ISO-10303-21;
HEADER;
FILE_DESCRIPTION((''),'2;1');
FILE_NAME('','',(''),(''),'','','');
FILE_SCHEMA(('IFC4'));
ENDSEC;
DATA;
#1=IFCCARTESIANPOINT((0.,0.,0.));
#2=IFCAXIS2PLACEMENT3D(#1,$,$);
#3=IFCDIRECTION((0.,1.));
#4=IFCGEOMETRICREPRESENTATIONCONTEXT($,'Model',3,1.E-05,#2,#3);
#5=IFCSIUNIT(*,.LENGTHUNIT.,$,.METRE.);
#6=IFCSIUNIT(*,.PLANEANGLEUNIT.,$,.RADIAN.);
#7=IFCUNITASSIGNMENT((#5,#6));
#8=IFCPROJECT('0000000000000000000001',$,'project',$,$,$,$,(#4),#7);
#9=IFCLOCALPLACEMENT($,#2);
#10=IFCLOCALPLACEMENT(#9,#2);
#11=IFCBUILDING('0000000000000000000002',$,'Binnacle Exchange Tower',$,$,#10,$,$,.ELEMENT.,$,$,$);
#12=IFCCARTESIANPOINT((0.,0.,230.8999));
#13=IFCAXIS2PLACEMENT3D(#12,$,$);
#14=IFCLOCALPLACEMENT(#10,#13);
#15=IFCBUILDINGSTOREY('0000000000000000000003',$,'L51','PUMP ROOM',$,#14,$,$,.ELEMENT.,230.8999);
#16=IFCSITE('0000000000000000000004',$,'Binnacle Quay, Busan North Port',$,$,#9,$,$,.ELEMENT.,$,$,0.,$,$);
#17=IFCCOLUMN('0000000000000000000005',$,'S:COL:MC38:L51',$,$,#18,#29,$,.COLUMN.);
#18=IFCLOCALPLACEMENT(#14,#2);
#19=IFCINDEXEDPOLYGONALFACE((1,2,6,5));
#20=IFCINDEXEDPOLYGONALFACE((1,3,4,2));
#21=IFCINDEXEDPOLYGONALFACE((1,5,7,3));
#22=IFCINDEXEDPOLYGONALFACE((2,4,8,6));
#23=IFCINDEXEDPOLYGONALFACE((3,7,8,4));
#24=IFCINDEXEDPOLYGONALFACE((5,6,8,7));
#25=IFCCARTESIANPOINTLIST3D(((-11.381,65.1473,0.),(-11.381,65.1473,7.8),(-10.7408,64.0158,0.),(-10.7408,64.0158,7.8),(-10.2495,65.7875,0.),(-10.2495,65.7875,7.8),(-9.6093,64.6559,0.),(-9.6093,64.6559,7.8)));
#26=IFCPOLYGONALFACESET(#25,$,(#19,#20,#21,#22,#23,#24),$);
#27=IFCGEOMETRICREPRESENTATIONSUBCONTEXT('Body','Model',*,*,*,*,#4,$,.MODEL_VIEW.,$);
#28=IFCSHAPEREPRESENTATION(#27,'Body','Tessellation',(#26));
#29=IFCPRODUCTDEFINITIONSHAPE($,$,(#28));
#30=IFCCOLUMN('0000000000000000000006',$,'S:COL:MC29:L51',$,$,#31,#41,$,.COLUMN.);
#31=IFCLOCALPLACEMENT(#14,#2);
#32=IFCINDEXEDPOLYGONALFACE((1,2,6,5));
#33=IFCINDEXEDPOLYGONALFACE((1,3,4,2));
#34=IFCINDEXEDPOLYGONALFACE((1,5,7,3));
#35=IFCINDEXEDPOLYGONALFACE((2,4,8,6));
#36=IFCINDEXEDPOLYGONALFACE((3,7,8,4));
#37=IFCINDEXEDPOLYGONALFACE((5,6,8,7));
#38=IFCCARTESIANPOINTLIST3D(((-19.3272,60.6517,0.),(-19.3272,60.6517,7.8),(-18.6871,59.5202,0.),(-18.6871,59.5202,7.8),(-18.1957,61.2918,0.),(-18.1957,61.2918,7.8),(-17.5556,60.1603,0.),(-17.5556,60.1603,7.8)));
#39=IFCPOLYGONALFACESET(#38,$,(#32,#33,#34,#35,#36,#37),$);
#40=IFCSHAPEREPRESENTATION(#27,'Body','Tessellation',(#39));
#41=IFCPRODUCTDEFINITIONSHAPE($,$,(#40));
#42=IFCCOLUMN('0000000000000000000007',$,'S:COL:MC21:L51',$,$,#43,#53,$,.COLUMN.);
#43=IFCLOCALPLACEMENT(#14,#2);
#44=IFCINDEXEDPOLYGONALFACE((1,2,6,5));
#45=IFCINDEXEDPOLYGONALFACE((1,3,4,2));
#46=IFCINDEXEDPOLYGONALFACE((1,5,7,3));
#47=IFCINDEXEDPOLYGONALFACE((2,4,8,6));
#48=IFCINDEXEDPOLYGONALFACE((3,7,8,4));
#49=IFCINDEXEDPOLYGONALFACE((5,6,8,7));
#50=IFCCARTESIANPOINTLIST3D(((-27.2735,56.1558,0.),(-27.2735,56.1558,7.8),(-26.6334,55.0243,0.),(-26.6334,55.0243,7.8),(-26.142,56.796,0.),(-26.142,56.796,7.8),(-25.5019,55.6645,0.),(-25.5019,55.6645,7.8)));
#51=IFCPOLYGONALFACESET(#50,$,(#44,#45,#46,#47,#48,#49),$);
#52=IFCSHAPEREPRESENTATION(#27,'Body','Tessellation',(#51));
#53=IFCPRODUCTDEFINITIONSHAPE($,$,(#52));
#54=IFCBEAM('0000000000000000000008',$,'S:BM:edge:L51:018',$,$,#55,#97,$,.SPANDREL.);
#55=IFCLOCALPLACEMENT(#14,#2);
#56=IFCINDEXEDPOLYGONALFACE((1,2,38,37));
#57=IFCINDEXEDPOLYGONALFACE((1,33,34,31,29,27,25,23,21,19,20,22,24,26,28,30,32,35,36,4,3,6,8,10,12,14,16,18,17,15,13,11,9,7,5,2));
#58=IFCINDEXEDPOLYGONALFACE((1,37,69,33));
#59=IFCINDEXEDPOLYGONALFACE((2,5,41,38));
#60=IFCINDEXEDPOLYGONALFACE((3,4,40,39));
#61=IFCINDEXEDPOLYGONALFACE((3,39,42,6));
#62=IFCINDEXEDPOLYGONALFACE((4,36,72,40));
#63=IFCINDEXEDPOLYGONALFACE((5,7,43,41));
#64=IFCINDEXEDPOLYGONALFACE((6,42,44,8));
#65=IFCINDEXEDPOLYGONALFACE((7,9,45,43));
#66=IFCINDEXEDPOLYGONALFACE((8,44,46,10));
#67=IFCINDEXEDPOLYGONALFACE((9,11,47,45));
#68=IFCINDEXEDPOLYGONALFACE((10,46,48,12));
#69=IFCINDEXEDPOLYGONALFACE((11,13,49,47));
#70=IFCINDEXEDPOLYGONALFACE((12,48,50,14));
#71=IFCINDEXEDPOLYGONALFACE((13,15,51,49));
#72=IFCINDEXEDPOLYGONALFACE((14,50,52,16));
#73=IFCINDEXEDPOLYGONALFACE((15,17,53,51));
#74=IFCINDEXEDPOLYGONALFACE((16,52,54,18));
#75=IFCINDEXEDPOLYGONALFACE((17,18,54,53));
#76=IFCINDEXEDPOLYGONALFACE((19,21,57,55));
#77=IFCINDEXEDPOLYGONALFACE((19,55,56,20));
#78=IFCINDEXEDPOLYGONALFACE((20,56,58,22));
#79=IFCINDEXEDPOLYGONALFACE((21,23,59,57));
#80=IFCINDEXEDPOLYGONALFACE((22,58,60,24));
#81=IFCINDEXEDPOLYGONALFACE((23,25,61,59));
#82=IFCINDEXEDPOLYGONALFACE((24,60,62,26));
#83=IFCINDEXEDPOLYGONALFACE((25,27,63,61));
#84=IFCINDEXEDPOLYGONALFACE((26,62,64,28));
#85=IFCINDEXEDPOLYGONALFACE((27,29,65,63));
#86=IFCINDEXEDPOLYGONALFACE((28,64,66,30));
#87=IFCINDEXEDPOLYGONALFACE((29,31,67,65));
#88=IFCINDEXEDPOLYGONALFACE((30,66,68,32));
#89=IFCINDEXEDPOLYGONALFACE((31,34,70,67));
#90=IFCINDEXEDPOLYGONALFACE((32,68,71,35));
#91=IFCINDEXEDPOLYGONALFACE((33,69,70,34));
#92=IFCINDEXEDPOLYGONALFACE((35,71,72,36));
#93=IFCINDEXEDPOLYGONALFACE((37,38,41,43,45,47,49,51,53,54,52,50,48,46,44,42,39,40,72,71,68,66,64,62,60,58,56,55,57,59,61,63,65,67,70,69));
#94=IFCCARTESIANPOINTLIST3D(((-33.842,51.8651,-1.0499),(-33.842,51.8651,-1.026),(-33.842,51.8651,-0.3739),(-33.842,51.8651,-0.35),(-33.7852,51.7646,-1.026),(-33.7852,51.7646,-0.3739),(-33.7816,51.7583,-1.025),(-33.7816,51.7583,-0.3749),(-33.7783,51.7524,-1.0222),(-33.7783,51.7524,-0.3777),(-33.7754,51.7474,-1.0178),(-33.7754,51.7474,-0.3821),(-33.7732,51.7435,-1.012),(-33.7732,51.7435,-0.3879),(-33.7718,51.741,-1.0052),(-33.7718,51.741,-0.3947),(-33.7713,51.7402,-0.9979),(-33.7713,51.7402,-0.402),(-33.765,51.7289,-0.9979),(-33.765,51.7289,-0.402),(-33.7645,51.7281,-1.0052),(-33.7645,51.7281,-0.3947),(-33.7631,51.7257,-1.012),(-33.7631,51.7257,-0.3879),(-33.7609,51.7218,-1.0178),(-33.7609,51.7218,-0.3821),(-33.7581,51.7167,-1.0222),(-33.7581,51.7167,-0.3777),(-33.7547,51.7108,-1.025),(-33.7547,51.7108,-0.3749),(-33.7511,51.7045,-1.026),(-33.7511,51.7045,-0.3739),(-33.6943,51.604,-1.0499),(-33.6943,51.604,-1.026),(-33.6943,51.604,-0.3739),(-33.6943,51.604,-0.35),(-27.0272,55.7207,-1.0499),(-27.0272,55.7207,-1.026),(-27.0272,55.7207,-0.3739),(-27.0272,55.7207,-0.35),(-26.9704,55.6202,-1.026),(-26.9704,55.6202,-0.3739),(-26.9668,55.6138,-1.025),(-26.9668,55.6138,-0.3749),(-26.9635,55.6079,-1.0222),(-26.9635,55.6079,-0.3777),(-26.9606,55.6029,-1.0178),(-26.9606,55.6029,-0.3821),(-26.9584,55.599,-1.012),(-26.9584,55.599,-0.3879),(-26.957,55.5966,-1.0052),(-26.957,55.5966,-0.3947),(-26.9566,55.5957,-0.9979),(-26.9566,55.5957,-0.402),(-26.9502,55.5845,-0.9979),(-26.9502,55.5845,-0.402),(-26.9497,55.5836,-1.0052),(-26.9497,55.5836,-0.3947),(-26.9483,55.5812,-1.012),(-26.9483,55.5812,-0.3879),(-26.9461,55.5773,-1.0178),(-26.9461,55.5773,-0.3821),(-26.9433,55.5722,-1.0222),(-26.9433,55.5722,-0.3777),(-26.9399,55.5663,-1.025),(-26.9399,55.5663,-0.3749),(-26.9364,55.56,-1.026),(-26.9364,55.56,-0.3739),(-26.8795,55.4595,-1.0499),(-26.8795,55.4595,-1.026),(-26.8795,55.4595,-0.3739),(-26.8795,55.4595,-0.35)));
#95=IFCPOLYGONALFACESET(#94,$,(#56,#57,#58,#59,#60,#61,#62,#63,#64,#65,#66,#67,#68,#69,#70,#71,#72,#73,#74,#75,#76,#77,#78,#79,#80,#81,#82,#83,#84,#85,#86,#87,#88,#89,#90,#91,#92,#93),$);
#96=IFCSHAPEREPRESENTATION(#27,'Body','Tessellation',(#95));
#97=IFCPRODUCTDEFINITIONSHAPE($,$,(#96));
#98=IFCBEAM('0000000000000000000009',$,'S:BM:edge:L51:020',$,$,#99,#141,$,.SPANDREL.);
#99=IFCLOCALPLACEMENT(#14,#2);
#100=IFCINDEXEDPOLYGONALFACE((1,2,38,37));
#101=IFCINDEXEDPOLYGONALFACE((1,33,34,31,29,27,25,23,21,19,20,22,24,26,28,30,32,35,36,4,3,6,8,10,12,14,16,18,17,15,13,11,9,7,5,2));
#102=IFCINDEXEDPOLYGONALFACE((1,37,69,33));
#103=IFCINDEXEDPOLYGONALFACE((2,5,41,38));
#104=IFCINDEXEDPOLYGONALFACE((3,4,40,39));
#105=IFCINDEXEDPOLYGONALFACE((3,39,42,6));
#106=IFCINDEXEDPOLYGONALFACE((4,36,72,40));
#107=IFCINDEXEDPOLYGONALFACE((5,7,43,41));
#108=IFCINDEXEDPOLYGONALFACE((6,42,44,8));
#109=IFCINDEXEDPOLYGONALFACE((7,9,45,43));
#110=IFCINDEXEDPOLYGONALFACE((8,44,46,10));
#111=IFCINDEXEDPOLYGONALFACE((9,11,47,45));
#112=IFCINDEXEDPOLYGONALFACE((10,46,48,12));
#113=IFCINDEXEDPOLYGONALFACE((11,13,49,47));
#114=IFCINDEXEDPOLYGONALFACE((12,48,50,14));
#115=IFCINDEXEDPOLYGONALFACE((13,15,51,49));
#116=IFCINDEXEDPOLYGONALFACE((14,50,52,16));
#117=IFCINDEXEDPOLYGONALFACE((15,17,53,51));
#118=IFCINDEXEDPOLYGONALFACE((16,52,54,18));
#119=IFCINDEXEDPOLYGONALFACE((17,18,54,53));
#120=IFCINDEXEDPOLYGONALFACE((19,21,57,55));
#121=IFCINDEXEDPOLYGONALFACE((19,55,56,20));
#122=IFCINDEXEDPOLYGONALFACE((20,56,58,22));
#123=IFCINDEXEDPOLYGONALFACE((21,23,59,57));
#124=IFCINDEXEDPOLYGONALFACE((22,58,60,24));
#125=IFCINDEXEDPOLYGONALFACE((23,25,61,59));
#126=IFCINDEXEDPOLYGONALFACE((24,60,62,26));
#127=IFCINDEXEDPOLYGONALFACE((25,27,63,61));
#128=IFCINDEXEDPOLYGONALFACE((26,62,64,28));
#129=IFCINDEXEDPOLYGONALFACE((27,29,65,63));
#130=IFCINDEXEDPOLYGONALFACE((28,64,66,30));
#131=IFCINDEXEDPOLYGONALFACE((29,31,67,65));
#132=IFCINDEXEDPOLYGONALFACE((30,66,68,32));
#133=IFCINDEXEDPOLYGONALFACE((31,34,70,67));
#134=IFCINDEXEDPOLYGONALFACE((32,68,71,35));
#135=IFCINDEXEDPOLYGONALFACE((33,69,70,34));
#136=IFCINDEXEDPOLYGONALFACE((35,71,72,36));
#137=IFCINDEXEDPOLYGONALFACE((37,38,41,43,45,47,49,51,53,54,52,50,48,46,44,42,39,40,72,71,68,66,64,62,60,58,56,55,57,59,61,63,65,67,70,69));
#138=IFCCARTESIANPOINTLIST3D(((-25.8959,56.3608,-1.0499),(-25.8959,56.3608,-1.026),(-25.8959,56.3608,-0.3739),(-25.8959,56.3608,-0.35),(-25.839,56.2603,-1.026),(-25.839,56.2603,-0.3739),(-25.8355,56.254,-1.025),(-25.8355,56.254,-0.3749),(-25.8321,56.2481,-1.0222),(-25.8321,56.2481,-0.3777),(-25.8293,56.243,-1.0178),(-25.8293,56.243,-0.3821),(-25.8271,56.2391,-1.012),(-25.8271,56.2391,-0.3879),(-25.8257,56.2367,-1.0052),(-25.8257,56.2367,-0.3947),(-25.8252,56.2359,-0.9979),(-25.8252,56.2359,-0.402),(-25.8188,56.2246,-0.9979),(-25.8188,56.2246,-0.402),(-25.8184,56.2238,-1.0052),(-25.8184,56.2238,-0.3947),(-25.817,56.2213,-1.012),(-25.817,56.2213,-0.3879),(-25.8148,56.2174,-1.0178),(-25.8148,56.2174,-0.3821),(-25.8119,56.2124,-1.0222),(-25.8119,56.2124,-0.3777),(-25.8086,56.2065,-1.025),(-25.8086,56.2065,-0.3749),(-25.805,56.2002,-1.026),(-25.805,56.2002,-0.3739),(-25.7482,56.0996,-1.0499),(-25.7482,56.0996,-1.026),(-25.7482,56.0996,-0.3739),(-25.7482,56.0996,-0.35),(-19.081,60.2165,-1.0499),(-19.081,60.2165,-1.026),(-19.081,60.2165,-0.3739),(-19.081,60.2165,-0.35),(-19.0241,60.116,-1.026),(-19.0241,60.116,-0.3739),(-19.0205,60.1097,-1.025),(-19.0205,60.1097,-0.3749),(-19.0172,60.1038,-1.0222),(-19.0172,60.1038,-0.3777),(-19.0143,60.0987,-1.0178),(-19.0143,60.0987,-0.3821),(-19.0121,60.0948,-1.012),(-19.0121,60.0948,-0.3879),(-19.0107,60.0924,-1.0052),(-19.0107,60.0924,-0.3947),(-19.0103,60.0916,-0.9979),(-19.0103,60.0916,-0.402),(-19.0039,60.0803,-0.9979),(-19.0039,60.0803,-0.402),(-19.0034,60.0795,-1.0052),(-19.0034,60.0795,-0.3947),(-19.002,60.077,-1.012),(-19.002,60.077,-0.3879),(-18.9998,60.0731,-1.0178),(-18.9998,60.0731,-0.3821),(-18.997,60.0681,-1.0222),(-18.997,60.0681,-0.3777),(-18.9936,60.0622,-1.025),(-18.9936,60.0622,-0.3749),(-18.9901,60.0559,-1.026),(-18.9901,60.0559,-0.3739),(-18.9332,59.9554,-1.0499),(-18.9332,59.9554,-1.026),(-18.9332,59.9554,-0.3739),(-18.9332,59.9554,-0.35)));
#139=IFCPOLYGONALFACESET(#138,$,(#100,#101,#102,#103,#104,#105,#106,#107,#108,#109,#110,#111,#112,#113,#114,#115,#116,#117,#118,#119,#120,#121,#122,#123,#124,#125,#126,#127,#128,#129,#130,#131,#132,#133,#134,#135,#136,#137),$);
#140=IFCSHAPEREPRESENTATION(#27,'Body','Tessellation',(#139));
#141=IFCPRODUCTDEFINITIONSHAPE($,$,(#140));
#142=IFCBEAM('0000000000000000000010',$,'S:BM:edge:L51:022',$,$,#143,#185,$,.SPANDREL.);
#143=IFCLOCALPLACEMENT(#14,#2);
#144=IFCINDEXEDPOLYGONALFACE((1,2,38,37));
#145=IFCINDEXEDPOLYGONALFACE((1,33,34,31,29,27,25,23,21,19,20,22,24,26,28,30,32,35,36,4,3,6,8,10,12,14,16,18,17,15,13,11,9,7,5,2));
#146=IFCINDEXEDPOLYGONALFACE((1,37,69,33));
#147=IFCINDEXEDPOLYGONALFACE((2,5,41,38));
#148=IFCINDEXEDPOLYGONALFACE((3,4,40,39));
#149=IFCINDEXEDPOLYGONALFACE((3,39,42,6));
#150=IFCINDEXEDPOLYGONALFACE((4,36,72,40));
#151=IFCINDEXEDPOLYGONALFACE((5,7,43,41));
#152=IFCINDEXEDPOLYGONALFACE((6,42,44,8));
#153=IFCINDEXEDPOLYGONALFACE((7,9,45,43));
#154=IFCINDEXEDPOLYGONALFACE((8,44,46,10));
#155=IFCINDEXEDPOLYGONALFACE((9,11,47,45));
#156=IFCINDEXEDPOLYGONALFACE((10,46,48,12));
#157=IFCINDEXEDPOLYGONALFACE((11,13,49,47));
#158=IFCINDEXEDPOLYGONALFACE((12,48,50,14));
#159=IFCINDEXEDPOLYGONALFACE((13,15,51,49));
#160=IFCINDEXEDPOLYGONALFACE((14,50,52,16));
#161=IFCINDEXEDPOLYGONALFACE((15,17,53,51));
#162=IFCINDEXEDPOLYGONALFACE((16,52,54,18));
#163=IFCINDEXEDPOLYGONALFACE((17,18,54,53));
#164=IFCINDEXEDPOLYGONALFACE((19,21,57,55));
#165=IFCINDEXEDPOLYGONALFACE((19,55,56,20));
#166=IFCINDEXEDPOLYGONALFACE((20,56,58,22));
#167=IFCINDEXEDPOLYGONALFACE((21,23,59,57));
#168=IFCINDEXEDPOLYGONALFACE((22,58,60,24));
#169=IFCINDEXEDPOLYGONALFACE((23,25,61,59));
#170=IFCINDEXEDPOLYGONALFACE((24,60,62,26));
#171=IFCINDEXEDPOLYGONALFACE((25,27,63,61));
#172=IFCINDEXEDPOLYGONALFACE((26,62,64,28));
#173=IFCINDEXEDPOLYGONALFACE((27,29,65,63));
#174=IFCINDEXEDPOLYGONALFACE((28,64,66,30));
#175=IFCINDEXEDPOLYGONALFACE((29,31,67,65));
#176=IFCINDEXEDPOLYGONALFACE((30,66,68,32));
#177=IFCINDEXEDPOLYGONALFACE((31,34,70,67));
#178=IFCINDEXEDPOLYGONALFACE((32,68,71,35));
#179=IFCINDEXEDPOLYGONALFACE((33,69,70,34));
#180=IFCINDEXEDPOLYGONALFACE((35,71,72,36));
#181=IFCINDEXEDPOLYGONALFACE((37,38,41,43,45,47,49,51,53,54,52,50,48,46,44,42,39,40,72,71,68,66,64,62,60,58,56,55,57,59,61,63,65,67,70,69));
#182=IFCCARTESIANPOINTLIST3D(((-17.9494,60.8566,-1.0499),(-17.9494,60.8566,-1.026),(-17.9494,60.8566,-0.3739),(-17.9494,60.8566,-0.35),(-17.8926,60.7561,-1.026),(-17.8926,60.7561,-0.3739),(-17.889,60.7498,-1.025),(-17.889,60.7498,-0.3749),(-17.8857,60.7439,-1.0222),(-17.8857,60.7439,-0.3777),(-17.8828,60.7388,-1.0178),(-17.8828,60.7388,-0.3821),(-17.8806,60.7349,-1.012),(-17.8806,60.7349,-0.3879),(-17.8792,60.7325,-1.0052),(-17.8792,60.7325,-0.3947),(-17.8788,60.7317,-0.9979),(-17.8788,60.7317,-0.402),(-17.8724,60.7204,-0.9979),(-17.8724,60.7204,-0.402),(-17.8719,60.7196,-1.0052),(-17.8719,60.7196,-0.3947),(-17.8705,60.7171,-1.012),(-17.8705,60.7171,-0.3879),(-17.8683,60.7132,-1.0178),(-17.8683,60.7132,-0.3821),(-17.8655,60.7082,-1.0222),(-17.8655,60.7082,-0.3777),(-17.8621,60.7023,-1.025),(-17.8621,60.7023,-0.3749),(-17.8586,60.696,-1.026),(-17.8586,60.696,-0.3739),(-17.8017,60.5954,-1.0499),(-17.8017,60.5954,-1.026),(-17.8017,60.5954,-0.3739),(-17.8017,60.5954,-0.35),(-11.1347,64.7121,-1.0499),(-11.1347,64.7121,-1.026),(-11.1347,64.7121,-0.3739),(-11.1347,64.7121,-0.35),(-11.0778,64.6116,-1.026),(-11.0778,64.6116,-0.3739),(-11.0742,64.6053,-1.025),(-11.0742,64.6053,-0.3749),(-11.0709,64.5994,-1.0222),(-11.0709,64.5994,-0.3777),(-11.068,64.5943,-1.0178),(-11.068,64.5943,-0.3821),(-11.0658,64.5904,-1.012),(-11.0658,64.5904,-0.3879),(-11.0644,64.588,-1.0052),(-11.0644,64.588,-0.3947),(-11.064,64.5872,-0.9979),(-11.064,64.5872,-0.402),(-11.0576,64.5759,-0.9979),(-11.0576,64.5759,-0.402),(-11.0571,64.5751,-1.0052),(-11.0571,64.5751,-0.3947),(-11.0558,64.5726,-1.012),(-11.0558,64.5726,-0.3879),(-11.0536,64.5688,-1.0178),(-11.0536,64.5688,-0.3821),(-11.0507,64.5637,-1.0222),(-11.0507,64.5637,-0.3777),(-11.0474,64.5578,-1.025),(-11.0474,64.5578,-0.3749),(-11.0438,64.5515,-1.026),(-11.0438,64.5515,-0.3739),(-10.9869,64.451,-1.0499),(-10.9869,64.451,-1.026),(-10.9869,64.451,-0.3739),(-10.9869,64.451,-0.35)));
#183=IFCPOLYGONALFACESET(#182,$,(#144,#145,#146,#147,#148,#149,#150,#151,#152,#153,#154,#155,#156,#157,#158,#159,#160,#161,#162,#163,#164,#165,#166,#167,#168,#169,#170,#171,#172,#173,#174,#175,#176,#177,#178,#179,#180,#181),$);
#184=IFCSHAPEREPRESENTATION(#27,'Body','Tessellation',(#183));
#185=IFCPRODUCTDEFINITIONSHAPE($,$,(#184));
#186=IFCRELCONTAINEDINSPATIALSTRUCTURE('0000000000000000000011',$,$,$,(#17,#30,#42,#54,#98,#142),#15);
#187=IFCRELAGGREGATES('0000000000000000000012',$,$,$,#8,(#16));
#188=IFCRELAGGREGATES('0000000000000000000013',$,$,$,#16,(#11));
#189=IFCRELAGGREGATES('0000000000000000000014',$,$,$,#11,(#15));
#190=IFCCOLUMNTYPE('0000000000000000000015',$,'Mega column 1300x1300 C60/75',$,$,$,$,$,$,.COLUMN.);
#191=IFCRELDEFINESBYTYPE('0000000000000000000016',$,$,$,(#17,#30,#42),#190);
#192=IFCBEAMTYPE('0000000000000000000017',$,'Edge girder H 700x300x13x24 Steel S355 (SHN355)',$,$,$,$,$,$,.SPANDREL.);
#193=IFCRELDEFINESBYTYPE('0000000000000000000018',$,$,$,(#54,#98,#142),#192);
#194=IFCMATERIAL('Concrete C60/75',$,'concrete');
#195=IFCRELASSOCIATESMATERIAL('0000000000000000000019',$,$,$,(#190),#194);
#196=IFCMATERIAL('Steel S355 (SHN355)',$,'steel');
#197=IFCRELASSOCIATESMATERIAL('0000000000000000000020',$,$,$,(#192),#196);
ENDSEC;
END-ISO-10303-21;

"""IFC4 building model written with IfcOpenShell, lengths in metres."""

from ifc_helpers import new_model, si_unit, direction, frame, origin, origin_2d, place, context, subcontext, project, spatial, rectangle, i_section, extrude, material, material_profile, profile_set, type_object, element, save


model = new_model("IFC4")

# Units and contexts
model_context = context("Model", 3, precision=1e-05, world=origin(), true_north=direction((0.0, 1.0)))
body_context = subcontext(model_context, "Body", "Model", "MODEL_VIEW")
ifc_project = project(units=[si_unit("LENGTHUNIT", "METRE"), si_unit("PLANEANGLEUNIT", "RADIAN")], contexts=[model_context])

# Site, building, storey
site_placement = place(None, origin())
site = spatial("IfcSite", under=ifc_project, at=site_placement, Name="Binnacle Quay, Busan North Port", CompositionType="ELEMENT", RefElevation=0.0)
building_placement = place(site_placement, origin())
building = spatial("IfcBuilding", under=site, at=building_placement, Name="Binnacle Exchange Tower", CompositionType="ELEMENT")
storey_placement = place(building_placement, frame((0.0, 0.0, 230.8999)))
storey = spatial("IfcBuildingStorey", under=building, at=storey_placement, Name="L51", Description="PUMP ROOM", CompositionType="ELEMENT", Elevation=230.8999)

# Columns
ifc_material_1 = material(Name="Concrete C60/75", Category="concrete")
ifc_material_profile_1 = material_profile(ifc_material_1, rectangle(XDim=1.3, YDim=1.3, at=origin_2d()), Name="Mega column 1300x1300 C60/75")
ifc_profile_set_1 = profile_set([ifc_material_profile_1], Name="Concrete C60/75")
column_type = type_object("IfcColumnType", Name="Mega column 1300x1300 C60/75", PredefinedType="COLUMN", material=ifc_profile_set_1)
for number, where, z_axis, x_axis, name in (
    (1, (-10.4951, 64.9016, 0.0), (0.0, 0.0, 1.0), (-0.870356, -0.492424, 0.0), "S:COL:MC38:L51"),
    (2, (-18.4414, 60.406, 0.0), (0.0, 0.0, 1.0), (-0.870356, -0.492424, 0.0), "S:COL:MC29:L51"),
    (3, (-26.3877, 55.9102, 0.0), (0.0, 0.0, 1.0), (-0.870356, -0.492424, 0.0), "S:COL:MC21:L51"),
):
    element("IfcColumn", number, at=place(storey_placement, frame(where, z_axis=z_axis, x_axis=x_axis)), inside=storey, type_object=column_type, Name=name, PredefinedType="COLUMN", context=body_context, shape_type="SweptSolid", body=[
        extrude(rectangle(XDim=1.3, YDim=1.3, at=origin_2d()), origin(), (0.0, 0.0, 1.0), 7.8),
    ])

# Beams
ifc_material_2 = material(Name="Steel S355 (SHN355)", Category="steel")
ifc_material_profile_2 = material_profile(ifc_material_2, i_section(OverallWidth=0.3, OverallDepth=0.7, WebThickness=0.0129, FlangeThickness=0.0239, FilletRadius=0.0281, at=origin_2d()), Name="H 700x300x13x24")
ifc_profile_set_2 = profile_set([ifc_material_profile_2], Name="Steel S355 (SHN355)")
beam_type_1 = type_object("IfcBeamType", Name="Edge girder H 700x300x13x24 Steel S355 (SHN355)", PredefinedType="SPANDREL", material=ifc_profile_set_2)
beam_1_placement = place(storey_placement, frame((-26.9534, 55.5901, -0.7), z_axis=(-0.870361, -0.492414, 0.0), x_axis=(0.492414, -0.870361, 0.0)))
element("IfcBeam", 4, at=beam_1_placement, inside=storey, type_object=beam_type_1, Name="S:BM:edge:L51:018", PredefinedType="SPANDREL", context=body_context, shape_type="SweptSolid", body=[
    extrude(i_section(OverallWidth=0.3, OverallDepth=0.7, WebThickness=0.0129, FlangeThickness=0.0239, FilletRadius=0.0281, at=origin_2d()), origin(), (0.0, 0.0, 1.0), 7.8298),
])
beam_2_placement = place(storey_placement, frame((-19.0071, 60.0859, -0.7), z_axis=(-0.870355, -0.492424, 0.0), x_axis=(0.492424, -0.870355, 0.0)))
element("IfcBeam", 5, at=beam_2_placement, inside=storey, type_object=beam_type_1, Name="S:BM:edge:L51:020", PredefinedType="SPANDREL", context=body_context, shape_type="SweptSolid", body=[
    extrude(i_section(OverallWidth=0.3, OverallDepth=0.7, WebThickness=0.0129, FlangeThickness=0.0239, FilletRadius=0.0281, at=origin_2d()), origin(), (0.0, 0.0, 1.0), 7.8301),
])
beam_3_placement = place(storey_placement, frame((-11.0608, 64.5815, -0.7), z_axis=(-0.870361, -0.492414, 0.0), x_axis=(0.492414, -0.870361, 0.0)))
element("IfcBeam", 6, at=beam_3_placement, inside=storey, type_object=beam_type_1, Name="S:BM:edge:L51:022", PredefinedType="SPANDREL", context=body_context, shape_type="SweptSolid", body=[
    extrude(i_section(OverallWidth=0.3, OverallDepth=0.7, WebThickness=0.0129, FlangeThickness=0.0239, FilletRadius=0.0281, at=origin_2d()), origin(), (0.0, 0.0, 1.0), 7.8298),
])

save(model, "model.ifc")
